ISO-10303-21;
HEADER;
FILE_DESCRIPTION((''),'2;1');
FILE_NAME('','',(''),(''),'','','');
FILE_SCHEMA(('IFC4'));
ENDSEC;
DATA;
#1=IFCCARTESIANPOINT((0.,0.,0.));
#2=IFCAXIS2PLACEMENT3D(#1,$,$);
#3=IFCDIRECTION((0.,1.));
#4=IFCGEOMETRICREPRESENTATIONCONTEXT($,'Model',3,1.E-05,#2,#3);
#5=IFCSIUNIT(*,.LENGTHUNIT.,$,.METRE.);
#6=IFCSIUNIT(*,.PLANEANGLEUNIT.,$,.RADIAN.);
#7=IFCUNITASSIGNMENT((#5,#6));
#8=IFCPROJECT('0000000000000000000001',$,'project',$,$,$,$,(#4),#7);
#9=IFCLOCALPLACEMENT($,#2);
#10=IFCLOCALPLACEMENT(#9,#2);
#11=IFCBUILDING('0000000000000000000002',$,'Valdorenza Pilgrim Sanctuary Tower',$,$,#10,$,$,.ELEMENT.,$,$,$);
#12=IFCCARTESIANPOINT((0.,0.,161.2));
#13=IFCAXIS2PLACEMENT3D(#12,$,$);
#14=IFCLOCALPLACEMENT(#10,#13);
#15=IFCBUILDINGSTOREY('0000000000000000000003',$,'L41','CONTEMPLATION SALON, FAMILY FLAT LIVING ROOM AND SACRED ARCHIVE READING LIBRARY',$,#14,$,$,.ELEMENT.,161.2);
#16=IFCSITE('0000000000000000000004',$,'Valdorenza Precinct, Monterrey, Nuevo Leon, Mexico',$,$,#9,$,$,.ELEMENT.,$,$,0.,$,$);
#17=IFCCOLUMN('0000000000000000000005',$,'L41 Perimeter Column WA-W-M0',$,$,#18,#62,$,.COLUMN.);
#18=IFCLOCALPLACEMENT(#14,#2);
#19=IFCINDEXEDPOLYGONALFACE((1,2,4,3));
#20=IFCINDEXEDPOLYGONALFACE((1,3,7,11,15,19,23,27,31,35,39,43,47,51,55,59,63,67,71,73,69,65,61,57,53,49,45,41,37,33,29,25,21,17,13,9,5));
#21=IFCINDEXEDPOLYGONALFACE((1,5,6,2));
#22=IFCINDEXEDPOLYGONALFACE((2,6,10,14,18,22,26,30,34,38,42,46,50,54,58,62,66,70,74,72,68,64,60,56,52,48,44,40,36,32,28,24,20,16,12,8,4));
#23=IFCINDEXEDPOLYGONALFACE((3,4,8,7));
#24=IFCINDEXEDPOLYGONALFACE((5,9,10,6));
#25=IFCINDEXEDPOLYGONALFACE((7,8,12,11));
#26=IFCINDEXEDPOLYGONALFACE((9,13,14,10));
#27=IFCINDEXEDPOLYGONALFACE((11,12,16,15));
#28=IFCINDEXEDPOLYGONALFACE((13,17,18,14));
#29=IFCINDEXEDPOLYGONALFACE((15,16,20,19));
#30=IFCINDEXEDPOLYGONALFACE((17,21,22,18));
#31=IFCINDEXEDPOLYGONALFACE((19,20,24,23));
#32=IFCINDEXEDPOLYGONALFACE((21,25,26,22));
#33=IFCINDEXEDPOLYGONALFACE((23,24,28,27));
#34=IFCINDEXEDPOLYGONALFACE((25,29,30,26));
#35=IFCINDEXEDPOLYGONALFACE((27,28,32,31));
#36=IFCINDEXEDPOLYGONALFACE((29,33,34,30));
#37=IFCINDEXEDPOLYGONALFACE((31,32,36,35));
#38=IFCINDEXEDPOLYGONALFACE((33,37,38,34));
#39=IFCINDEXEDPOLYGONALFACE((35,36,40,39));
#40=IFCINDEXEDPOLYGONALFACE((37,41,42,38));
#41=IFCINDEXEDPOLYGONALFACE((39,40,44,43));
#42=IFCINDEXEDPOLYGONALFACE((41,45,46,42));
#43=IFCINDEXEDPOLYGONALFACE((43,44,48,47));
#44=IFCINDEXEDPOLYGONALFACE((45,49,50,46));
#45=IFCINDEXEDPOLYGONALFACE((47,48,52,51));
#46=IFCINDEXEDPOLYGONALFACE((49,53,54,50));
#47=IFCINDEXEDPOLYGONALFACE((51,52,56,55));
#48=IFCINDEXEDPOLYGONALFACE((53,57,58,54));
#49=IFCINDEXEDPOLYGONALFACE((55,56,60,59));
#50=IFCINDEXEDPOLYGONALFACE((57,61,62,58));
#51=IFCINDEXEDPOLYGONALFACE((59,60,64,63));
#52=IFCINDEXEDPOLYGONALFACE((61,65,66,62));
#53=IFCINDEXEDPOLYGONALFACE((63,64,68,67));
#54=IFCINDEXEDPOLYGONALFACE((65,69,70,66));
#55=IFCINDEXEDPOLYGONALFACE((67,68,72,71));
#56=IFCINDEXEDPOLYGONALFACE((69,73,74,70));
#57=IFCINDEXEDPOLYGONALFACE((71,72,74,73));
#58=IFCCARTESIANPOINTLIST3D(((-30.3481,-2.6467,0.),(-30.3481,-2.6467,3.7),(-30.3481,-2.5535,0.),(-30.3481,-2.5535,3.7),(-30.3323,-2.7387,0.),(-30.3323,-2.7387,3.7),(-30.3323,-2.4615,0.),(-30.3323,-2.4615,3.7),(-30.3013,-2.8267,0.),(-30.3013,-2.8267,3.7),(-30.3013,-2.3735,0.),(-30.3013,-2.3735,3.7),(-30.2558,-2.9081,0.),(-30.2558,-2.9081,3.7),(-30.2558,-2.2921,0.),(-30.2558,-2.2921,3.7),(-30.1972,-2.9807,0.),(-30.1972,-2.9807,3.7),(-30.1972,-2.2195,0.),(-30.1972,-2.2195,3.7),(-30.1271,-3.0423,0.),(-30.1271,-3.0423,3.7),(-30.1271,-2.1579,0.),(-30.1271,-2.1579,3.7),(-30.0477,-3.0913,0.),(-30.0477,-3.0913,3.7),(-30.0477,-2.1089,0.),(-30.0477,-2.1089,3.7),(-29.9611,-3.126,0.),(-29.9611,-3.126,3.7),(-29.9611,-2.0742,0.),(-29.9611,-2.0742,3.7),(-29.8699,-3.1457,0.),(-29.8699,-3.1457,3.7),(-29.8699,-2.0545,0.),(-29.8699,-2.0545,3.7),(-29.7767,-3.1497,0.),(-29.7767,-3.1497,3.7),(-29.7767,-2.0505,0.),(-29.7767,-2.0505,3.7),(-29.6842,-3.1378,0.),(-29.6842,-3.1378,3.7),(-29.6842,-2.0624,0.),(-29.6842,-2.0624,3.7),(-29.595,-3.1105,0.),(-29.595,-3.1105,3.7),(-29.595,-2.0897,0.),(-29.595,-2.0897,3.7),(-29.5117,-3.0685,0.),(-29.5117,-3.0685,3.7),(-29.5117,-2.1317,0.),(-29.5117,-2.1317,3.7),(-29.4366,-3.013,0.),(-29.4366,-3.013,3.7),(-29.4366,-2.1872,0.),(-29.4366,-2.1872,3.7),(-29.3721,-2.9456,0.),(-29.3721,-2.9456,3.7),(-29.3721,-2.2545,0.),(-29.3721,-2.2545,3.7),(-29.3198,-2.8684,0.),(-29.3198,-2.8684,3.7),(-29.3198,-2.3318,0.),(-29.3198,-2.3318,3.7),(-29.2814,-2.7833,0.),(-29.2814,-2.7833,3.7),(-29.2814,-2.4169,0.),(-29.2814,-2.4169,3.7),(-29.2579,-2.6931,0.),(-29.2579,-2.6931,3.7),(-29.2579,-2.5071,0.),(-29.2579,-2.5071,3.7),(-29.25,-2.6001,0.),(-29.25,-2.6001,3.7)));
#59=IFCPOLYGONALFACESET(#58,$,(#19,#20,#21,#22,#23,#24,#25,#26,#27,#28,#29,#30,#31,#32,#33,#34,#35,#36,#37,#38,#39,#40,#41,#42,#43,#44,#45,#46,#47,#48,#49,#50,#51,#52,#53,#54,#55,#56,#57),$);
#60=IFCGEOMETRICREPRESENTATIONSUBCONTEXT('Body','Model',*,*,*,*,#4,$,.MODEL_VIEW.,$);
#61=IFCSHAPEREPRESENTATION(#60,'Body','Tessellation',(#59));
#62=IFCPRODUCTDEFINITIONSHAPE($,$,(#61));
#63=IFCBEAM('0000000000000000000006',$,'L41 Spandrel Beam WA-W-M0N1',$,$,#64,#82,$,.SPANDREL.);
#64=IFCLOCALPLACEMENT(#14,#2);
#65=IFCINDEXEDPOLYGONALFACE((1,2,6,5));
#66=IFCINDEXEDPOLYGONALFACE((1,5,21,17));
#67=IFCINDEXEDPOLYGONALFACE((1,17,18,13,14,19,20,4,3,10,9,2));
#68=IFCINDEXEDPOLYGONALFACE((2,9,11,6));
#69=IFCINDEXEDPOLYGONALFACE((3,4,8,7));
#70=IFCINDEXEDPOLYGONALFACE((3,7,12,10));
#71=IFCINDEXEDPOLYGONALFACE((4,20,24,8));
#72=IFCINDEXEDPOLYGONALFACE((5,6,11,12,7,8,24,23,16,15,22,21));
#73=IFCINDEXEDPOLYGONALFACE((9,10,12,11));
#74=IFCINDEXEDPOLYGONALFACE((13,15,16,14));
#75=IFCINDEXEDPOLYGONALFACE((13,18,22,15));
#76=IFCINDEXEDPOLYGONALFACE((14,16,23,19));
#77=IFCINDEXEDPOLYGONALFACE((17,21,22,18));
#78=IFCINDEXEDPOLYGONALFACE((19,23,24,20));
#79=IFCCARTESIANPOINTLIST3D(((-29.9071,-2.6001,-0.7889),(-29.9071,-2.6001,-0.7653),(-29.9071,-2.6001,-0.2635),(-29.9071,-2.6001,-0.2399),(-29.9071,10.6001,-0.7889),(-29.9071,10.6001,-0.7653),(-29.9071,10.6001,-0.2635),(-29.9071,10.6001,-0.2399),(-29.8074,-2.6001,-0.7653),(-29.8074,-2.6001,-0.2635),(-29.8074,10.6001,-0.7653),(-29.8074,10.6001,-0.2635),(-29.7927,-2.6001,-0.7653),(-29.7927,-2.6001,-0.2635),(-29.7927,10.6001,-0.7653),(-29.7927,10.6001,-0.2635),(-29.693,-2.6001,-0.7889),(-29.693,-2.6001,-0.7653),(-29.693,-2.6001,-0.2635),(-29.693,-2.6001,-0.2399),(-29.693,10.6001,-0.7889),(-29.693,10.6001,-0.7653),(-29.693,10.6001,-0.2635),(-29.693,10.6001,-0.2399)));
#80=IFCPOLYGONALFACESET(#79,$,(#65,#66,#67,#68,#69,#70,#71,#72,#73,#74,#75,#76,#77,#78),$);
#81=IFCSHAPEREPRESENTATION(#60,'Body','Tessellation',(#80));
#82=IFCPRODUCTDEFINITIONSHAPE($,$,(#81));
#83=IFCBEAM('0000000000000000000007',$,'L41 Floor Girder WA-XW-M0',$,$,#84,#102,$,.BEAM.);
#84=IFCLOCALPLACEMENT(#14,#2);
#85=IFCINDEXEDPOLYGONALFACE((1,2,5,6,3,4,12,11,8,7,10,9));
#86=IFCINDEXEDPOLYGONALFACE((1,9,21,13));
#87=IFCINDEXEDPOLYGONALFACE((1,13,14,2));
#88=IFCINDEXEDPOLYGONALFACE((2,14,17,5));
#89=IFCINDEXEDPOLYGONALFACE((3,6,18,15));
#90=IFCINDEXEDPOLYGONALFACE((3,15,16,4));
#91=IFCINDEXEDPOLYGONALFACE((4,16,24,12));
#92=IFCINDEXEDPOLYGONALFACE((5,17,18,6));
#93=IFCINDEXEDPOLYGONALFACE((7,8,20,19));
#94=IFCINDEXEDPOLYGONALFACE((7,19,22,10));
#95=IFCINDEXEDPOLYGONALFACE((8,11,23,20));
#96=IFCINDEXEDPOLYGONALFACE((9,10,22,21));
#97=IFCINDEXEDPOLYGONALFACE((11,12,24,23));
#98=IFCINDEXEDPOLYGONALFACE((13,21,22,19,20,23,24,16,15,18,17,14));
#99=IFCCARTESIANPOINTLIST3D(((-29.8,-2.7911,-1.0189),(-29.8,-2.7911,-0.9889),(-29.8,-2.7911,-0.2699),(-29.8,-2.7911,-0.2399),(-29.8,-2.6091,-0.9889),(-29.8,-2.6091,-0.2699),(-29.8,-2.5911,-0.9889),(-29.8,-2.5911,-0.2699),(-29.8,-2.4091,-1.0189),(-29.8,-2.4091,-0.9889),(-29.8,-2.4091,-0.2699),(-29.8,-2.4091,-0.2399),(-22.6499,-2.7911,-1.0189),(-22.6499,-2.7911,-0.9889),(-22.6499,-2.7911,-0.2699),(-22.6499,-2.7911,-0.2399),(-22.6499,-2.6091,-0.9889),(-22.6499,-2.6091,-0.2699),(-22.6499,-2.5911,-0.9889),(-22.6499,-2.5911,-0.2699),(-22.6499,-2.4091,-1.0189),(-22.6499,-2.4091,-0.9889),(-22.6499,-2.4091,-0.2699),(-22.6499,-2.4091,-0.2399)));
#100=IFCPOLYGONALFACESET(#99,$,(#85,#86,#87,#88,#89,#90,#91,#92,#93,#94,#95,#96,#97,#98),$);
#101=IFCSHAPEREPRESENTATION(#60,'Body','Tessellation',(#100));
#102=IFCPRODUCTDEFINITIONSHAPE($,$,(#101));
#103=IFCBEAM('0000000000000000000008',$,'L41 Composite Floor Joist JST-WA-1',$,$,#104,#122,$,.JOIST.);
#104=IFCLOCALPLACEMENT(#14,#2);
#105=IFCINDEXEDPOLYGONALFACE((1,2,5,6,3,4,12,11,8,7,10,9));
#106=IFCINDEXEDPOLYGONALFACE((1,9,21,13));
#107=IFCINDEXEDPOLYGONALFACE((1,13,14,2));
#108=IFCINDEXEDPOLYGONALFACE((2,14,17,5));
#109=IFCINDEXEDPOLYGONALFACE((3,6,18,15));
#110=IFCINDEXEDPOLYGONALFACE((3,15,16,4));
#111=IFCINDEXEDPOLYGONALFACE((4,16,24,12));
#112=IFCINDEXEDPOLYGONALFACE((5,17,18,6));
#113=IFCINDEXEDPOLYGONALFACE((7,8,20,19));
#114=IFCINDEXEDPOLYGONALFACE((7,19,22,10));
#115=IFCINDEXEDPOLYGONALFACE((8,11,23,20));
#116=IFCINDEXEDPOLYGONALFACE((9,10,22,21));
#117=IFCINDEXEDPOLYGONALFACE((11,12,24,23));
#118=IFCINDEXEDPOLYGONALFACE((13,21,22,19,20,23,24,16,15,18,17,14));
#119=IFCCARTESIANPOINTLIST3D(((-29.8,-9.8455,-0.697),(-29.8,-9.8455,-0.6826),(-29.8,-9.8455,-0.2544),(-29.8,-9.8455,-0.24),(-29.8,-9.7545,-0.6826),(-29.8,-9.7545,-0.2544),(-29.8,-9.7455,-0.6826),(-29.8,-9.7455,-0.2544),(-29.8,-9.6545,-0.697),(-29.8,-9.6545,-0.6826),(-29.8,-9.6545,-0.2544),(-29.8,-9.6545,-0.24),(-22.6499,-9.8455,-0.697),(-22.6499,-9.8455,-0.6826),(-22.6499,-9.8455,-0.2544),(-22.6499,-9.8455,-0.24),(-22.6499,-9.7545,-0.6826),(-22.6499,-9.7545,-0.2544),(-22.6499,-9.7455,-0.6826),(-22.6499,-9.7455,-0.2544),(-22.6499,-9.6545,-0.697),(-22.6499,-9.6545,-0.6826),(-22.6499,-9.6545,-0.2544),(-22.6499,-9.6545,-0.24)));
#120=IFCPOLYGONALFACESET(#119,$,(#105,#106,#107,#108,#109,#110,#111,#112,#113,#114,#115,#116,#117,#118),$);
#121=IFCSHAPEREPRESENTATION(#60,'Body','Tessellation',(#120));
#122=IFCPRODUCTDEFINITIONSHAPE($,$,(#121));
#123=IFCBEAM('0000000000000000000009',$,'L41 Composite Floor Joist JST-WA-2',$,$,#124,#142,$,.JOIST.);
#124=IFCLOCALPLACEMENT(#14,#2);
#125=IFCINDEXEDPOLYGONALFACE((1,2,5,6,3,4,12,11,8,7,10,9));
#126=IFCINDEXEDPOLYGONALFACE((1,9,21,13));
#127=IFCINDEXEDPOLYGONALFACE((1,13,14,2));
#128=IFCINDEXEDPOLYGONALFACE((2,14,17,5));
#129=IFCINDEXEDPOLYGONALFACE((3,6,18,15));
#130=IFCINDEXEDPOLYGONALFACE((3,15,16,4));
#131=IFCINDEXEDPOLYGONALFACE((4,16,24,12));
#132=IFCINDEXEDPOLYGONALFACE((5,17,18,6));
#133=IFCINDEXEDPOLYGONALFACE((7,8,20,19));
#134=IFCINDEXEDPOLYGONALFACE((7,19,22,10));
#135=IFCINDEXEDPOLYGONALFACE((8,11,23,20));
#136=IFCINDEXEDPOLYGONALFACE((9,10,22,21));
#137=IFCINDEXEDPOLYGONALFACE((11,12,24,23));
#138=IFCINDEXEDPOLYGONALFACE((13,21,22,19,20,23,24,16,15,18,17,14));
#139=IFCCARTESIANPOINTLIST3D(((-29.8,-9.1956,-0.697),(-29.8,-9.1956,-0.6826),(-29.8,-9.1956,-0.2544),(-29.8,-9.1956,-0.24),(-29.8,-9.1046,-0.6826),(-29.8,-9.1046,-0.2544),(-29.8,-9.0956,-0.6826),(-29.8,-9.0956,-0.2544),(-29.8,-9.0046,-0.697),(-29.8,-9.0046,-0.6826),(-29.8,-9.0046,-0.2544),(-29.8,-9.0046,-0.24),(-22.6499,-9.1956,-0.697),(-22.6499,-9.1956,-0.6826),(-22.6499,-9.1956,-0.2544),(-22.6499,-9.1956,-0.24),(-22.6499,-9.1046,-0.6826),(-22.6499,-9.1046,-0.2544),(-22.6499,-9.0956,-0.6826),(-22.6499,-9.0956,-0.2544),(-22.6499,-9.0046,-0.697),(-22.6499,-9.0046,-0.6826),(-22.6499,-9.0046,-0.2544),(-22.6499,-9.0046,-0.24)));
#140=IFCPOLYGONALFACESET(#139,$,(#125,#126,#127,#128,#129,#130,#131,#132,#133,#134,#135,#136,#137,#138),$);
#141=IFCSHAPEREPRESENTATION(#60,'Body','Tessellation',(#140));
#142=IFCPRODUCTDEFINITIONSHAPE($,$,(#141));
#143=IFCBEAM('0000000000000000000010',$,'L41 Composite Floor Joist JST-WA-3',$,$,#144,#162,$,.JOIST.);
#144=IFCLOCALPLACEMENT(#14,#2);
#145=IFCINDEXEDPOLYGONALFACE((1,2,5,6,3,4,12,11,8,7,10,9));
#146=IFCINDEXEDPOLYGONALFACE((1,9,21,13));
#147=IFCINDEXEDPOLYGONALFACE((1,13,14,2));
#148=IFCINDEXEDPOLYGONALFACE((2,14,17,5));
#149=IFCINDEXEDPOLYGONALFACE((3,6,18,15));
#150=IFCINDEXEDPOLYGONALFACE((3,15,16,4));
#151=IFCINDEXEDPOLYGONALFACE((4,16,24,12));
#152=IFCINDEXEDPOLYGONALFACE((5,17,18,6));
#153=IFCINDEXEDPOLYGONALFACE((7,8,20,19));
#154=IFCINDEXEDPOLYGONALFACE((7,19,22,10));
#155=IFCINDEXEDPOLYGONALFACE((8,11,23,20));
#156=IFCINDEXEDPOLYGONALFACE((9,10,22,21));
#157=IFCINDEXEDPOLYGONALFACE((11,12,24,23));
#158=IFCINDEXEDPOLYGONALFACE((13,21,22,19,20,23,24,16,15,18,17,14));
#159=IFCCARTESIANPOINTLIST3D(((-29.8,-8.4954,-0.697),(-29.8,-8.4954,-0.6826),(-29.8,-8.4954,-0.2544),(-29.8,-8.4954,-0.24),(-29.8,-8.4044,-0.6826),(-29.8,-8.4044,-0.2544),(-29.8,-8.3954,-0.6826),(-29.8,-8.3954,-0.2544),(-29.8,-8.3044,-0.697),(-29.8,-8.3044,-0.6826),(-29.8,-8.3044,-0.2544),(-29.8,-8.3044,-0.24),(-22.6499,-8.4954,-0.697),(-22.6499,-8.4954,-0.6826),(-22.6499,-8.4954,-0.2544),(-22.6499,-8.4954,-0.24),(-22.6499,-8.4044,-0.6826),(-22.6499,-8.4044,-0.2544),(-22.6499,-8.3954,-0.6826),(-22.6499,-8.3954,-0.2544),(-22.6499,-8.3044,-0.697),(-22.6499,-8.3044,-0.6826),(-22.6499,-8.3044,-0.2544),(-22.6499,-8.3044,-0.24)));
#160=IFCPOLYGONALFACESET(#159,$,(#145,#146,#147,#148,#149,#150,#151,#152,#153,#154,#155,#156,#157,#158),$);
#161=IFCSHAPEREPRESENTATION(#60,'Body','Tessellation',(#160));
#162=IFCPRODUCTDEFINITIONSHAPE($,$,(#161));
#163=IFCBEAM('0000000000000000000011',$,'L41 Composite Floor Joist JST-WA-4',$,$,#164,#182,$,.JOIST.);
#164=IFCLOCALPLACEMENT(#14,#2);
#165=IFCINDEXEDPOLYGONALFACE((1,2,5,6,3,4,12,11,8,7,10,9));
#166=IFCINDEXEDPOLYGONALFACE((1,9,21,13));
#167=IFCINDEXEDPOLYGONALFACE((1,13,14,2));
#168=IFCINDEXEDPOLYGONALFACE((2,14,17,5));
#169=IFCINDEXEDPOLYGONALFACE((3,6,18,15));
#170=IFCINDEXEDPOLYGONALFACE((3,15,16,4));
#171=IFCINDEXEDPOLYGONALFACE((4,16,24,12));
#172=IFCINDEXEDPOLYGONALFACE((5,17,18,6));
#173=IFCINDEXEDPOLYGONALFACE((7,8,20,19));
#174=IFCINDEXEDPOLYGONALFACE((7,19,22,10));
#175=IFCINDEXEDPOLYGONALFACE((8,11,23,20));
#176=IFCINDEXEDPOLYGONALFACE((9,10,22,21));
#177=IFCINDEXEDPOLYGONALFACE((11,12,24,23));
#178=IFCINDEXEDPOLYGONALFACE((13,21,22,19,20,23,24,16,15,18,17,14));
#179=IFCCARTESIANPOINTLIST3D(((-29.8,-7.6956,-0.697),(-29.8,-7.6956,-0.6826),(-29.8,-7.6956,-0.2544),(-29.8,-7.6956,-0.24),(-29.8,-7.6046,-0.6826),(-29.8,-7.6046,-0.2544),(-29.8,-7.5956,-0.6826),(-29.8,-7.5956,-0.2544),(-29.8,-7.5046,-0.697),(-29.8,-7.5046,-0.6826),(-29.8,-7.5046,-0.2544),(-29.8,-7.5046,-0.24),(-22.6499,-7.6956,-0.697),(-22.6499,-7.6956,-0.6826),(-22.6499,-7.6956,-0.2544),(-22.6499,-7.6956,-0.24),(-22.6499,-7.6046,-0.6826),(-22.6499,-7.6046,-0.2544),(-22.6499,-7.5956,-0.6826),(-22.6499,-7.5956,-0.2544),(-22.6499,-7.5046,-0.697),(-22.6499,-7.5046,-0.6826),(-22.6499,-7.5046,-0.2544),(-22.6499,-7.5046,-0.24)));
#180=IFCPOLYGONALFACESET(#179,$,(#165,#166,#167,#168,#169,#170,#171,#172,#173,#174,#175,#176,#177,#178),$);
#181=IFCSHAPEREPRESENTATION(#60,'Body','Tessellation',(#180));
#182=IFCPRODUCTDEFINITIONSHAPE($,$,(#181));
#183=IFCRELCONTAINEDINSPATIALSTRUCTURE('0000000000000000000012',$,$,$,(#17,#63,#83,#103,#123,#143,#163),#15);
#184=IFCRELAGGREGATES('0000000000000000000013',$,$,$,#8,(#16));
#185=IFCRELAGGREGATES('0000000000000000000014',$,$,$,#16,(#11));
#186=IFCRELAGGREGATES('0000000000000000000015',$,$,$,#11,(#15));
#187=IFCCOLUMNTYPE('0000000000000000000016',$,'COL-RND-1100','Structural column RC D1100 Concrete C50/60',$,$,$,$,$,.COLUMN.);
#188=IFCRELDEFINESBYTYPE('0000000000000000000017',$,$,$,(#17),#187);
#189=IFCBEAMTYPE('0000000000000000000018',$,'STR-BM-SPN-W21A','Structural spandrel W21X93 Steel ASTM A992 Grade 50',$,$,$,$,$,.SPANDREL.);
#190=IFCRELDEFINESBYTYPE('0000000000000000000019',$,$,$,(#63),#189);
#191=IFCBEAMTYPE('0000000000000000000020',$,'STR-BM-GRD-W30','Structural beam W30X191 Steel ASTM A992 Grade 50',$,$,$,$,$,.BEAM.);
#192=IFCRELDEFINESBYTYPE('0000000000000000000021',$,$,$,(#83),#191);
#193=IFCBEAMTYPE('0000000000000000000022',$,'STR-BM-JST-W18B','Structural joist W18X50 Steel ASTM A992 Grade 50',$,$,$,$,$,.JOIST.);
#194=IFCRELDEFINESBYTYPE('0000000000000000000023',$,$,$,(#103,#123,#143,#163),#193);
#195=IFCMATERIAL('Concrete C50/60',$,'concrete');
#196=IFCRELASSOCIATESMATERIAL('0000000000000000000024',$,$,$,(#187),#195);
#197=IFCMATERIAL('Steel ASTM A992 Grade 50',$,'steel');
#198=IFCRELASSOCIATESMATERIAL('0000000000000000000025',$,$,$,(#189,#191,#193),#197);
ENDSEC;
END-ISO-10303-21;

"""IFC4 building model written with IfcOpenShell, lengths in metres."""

from ifc_helpers import new_model, si_unit, direction, frame, origin, origin_2d, place, context, subcontext, project, spatial, circle, i_section, extrude, source, transform, mapped, material, material_profile, profile_set, type_object, element, save


model = new_model("IFC4")

# Units and contexts
model_context = context("Model", 3, precision=1e-05, world=origin(), true_north=direction((0.0, 1.0)))
body_context = subcontext(model_context, "Body", "Model", "MODEL_VIEW")
ifc_project = project(units=[si_unit("LENGTHUNIT", "METRE"), si_unit("PLANEANGLEUNIT", "RADIAN")], contexts=[model_context])

# Site, building, storey
site_placement = place(None, origin())
site = spatial("IfcSite", under=ifc_project, at=site_placement, Name="Valdorenza Precinct, Monterrey, Nuevo Leon, Mexico", CompositionType="ELEMENT", RefElevation=0.0)
building_placement = place(site_placement, origin())
building = spatial("IfcBuilding", under=site, at=building_placement, Name="Valdorenza Pilgrim Sanctuary Tower", CompositionType="ELEMENT")
storey_placement = place(building_placement, frame((0.0, 0.0, 161.2)))
storey = spatial("IfcBuildingStorey", under=building, at=storey_placement, Name="L41", Description="CONTEMPLATION SALON, FAMILY FLAT LIVING ROOM AND SACRED ARCHIVE READING LIBRARY", CompositionType="ELEMENT", Elevation=161.2)

# Column
ifc_material_1 = material(Name="Concrete C50/60", Category="concrete")
ifc_material_profile_1 = material_profile(ifc_material_1, circle(Radius=0.55, at=origin_2d()), Name="RC D1100")
ifc_profile_set_1 = profile_set([ifc_material_profile_1], Name="Concrete C50/60")
column_type = type_object("IfcColumnType", Name="COL-RND-1100", Description="Structural column RC D1100 Concrete C50/60", PredefinedType="COLUMN", material=ifc_profile_set_1)
shared_shape_1 = source(origin(), body_context, "Body", "SweptSolid", [
    extrude(circle(Radius=0.55, at=origin_2d()), origin(), (0.0, 0.0, 1.0), 3.7),
])
column_placement = place(storey_placement, frame((-29.8, -2.6001, 0.0), z_axis=(0.0, 0.0, 1.0), x_axis=(1.0, 0.0, 0.0)))
element("IfcColumn", 1, at=column_placement, inside=storey, type_object=column_type, Name="L41 Perimeter Column WA-W-M0", PredefinedType="COLUMN", context=body_context, shape_type="MappedRepresentation", body=[
    mapped(shared_shape_1, transform((0.0, 0.0, 0.0), x_axis=(1.0, 0.0, 0.0), y_axis=(0.0, 1.0, 0.0), z_axis=(0.0, 0.0, 1.0), scale=1.0)),
])

# Beams
ifc_material_2 = material(Name="Steel ASTM A992 Grade 50", Category="steel")
ifc_material_profile_2 = material_profile(ifc_material_2, i_section(OverallWidth=0.2141, OverallDepth=0.5491, WebThickness=0.0146, FlangeThickness=0.0237, at=origin_2d()), Name="W21X93")
ifc_profile_set_2 = profile_set([ifc_material_profile_2], Name="Steel ASTM A992 Grade 50")
beam_type_1 = type_object("IfcBeamType", Name="STR-BM-SPN-W21A", Description="Structural spandrel W21X93 Steel ASTM A992 Grade 50", PredefinedType="SPANDREL", material=ifc_profile_set_2)
shared_shape_2 = source(origin(), body_context, "Body", "SweptSolid", [
    extrude(i_section(OverallWidth=0.2141, OverallDepth=0.5491, WebThickness=0.0146, FlangeThickness=0.0237, at=origin_2d()), origin(), (0.0, 0.0, 1.0), 13.2002),
])
beam_1_placement = place(storey_placement, frame((-29.8, -2.6001, -0.5144), z_axis=(0.0, 1.0, 0.0), x_axis=(-1.0, 0.0, 0.0)))
element("IfcBeam", 2, at=beam_1_placement, inside=storey, type_object=beam_type_1, Name="L41 Spandrel Beam WA-W-M0N1", PredefinedType="SPANDREL", context=body_context, shape_type="MappedRepresentation", body=[
    mapped(shared_shape_2, transform((0.0, 0.0, 0.0), x_axis=(1.0, 0.0, 0.0), y_axis=(0.0, 1.0, 0.0), z_axis=(0.0, 0.0, 1.0), scale=1.0)),
])
ifc_material_profile_3 = material_profile(ifc_material_2, i_section(OverallWidth=0.3821, OverallDepth=0.7791, WebThickness=0.0181, FlangeThickness=0.03, at=origin_2d()), Name="W30X191")
ifc_profile_set_3 = profile_set([ifc_material_profile_3], Name="Steel ASTM A992 Grade 50")
beam_type_2 = type_object("IfcBeamType", Name="STR-BM-GRD-W30", Description="Structural beam W30X191 Steel ASTM A992 Grade 50", PredefinedType="BEAM", material=ifc_profile_set_3)
shared_shape_3 = source(origin(), body_context, "Body", "SweptSolid", [
    extrude(i_section(OverallWidth=0.3821, OverallDepth=0.7791, WebThickness=0.0181, FlangeThickness=0.03, at=origin_2d()), origin(), (0.0, 0.0, 1.0), 7.1501),
])
beam_2_placement = place(storey_placement, frame((-29.8, -2.6001, -0.6294), z_axis=(1.0, 0.0, 0.0), x_axis=(0.0, 1.0, 0.0)))
element("IfcBeam", 3, at=beam_2_placement, inside=storey, type_object=beam_type_2, Name="L41 Floor Girder WA-XW-M0", PredefinedType="BEAM", context=body_context, shape_type="MappedRepresentation", body=[
    mapped(shared_shape_3, transform((0.0, 0.0, 0.0), x_axis=(1.0, 0.0, 0.0), y_axis=(0.0, 1.0, 0.0), z_axis=(0.0, 0.0, 1.0), scale=1.0)),
])
ifc_material_profile_4 = material_profile(ifc_material_2, i_section(OverallWidth=0.1909, OverallDepth=0.457, WebThickness=0.009, FlangeThickness=0.0144, at=origin_2d()), Name="W18X50")
ifc_profile_set_4 = profile_set([ifc_material_profile_4], Name="Steel ASTM A992 Grade 50")
beam_type_3 = type_object("IfcBeamType", Name="STR-BM-JST-W18B", Description="Structural joist W18X50 Steel ASTM A992 Grade 50", PredefinedType="JOIST", material=ifc_profile_set_4)
shared_shape_4 = source(origin(), body_context, "Body", "SweptSolid", [
    extrude(i_section(OverallWidth=0.1909, OverallDepth=0.457, WebThickness=0.009, FlangeThickness=0.0144, at=origin_2d()), origin(), (0.0, 0.0, 1.0), 7.1501),
])
for number, where, z_axis, x_axis, name in (
    (4, (-29.8, -9.75, -0.4685), (1.0, 0.0, 0.0), (0.0, 1.0, 0.0), "L41 Composite Floor Joist JST-WA-1"),
    (5, (-29.8, -9.1001, -0.4685), (1.0, 0.0, 0.0), (0.0, 1.0, 0.0), "L41 Composite Floor Joist JST-WA-2"),
    (6, (-29.8, -8.3999, -0.4685), (1.0, 0.0, 0.0), (0.0, 1.0, 0.0), "L41 Composite Floor Joist JST-WA-3"),
    (7, (-29.8, -7.6001, -0.4685), (1.0, 0.0, 0.0), (0.0, 1.0, 0.0), "L41 Composite Floor Joist JST-WA-4"),
):
    element("IfcBeam", number, at=place(storey_placement, frame(where, z_axis=z_axis, x_axis=x_axis)), inside=storey, type_object=beam_type_3, Name=name, PredefinedType="JOIST", context=body_context, shape_type="MappedRepresentation", body=[
        mapped(shared_shape_4, transform((0.0, 0.0, 0.0), x_axis=(1.0, 0.0, 0.0), y_axis=(0.0, 1.0, 0.0), z_axis=(0.0, 0.0, 1.0), scale=1.0)),
    ])

save(model, "model.ifc")
